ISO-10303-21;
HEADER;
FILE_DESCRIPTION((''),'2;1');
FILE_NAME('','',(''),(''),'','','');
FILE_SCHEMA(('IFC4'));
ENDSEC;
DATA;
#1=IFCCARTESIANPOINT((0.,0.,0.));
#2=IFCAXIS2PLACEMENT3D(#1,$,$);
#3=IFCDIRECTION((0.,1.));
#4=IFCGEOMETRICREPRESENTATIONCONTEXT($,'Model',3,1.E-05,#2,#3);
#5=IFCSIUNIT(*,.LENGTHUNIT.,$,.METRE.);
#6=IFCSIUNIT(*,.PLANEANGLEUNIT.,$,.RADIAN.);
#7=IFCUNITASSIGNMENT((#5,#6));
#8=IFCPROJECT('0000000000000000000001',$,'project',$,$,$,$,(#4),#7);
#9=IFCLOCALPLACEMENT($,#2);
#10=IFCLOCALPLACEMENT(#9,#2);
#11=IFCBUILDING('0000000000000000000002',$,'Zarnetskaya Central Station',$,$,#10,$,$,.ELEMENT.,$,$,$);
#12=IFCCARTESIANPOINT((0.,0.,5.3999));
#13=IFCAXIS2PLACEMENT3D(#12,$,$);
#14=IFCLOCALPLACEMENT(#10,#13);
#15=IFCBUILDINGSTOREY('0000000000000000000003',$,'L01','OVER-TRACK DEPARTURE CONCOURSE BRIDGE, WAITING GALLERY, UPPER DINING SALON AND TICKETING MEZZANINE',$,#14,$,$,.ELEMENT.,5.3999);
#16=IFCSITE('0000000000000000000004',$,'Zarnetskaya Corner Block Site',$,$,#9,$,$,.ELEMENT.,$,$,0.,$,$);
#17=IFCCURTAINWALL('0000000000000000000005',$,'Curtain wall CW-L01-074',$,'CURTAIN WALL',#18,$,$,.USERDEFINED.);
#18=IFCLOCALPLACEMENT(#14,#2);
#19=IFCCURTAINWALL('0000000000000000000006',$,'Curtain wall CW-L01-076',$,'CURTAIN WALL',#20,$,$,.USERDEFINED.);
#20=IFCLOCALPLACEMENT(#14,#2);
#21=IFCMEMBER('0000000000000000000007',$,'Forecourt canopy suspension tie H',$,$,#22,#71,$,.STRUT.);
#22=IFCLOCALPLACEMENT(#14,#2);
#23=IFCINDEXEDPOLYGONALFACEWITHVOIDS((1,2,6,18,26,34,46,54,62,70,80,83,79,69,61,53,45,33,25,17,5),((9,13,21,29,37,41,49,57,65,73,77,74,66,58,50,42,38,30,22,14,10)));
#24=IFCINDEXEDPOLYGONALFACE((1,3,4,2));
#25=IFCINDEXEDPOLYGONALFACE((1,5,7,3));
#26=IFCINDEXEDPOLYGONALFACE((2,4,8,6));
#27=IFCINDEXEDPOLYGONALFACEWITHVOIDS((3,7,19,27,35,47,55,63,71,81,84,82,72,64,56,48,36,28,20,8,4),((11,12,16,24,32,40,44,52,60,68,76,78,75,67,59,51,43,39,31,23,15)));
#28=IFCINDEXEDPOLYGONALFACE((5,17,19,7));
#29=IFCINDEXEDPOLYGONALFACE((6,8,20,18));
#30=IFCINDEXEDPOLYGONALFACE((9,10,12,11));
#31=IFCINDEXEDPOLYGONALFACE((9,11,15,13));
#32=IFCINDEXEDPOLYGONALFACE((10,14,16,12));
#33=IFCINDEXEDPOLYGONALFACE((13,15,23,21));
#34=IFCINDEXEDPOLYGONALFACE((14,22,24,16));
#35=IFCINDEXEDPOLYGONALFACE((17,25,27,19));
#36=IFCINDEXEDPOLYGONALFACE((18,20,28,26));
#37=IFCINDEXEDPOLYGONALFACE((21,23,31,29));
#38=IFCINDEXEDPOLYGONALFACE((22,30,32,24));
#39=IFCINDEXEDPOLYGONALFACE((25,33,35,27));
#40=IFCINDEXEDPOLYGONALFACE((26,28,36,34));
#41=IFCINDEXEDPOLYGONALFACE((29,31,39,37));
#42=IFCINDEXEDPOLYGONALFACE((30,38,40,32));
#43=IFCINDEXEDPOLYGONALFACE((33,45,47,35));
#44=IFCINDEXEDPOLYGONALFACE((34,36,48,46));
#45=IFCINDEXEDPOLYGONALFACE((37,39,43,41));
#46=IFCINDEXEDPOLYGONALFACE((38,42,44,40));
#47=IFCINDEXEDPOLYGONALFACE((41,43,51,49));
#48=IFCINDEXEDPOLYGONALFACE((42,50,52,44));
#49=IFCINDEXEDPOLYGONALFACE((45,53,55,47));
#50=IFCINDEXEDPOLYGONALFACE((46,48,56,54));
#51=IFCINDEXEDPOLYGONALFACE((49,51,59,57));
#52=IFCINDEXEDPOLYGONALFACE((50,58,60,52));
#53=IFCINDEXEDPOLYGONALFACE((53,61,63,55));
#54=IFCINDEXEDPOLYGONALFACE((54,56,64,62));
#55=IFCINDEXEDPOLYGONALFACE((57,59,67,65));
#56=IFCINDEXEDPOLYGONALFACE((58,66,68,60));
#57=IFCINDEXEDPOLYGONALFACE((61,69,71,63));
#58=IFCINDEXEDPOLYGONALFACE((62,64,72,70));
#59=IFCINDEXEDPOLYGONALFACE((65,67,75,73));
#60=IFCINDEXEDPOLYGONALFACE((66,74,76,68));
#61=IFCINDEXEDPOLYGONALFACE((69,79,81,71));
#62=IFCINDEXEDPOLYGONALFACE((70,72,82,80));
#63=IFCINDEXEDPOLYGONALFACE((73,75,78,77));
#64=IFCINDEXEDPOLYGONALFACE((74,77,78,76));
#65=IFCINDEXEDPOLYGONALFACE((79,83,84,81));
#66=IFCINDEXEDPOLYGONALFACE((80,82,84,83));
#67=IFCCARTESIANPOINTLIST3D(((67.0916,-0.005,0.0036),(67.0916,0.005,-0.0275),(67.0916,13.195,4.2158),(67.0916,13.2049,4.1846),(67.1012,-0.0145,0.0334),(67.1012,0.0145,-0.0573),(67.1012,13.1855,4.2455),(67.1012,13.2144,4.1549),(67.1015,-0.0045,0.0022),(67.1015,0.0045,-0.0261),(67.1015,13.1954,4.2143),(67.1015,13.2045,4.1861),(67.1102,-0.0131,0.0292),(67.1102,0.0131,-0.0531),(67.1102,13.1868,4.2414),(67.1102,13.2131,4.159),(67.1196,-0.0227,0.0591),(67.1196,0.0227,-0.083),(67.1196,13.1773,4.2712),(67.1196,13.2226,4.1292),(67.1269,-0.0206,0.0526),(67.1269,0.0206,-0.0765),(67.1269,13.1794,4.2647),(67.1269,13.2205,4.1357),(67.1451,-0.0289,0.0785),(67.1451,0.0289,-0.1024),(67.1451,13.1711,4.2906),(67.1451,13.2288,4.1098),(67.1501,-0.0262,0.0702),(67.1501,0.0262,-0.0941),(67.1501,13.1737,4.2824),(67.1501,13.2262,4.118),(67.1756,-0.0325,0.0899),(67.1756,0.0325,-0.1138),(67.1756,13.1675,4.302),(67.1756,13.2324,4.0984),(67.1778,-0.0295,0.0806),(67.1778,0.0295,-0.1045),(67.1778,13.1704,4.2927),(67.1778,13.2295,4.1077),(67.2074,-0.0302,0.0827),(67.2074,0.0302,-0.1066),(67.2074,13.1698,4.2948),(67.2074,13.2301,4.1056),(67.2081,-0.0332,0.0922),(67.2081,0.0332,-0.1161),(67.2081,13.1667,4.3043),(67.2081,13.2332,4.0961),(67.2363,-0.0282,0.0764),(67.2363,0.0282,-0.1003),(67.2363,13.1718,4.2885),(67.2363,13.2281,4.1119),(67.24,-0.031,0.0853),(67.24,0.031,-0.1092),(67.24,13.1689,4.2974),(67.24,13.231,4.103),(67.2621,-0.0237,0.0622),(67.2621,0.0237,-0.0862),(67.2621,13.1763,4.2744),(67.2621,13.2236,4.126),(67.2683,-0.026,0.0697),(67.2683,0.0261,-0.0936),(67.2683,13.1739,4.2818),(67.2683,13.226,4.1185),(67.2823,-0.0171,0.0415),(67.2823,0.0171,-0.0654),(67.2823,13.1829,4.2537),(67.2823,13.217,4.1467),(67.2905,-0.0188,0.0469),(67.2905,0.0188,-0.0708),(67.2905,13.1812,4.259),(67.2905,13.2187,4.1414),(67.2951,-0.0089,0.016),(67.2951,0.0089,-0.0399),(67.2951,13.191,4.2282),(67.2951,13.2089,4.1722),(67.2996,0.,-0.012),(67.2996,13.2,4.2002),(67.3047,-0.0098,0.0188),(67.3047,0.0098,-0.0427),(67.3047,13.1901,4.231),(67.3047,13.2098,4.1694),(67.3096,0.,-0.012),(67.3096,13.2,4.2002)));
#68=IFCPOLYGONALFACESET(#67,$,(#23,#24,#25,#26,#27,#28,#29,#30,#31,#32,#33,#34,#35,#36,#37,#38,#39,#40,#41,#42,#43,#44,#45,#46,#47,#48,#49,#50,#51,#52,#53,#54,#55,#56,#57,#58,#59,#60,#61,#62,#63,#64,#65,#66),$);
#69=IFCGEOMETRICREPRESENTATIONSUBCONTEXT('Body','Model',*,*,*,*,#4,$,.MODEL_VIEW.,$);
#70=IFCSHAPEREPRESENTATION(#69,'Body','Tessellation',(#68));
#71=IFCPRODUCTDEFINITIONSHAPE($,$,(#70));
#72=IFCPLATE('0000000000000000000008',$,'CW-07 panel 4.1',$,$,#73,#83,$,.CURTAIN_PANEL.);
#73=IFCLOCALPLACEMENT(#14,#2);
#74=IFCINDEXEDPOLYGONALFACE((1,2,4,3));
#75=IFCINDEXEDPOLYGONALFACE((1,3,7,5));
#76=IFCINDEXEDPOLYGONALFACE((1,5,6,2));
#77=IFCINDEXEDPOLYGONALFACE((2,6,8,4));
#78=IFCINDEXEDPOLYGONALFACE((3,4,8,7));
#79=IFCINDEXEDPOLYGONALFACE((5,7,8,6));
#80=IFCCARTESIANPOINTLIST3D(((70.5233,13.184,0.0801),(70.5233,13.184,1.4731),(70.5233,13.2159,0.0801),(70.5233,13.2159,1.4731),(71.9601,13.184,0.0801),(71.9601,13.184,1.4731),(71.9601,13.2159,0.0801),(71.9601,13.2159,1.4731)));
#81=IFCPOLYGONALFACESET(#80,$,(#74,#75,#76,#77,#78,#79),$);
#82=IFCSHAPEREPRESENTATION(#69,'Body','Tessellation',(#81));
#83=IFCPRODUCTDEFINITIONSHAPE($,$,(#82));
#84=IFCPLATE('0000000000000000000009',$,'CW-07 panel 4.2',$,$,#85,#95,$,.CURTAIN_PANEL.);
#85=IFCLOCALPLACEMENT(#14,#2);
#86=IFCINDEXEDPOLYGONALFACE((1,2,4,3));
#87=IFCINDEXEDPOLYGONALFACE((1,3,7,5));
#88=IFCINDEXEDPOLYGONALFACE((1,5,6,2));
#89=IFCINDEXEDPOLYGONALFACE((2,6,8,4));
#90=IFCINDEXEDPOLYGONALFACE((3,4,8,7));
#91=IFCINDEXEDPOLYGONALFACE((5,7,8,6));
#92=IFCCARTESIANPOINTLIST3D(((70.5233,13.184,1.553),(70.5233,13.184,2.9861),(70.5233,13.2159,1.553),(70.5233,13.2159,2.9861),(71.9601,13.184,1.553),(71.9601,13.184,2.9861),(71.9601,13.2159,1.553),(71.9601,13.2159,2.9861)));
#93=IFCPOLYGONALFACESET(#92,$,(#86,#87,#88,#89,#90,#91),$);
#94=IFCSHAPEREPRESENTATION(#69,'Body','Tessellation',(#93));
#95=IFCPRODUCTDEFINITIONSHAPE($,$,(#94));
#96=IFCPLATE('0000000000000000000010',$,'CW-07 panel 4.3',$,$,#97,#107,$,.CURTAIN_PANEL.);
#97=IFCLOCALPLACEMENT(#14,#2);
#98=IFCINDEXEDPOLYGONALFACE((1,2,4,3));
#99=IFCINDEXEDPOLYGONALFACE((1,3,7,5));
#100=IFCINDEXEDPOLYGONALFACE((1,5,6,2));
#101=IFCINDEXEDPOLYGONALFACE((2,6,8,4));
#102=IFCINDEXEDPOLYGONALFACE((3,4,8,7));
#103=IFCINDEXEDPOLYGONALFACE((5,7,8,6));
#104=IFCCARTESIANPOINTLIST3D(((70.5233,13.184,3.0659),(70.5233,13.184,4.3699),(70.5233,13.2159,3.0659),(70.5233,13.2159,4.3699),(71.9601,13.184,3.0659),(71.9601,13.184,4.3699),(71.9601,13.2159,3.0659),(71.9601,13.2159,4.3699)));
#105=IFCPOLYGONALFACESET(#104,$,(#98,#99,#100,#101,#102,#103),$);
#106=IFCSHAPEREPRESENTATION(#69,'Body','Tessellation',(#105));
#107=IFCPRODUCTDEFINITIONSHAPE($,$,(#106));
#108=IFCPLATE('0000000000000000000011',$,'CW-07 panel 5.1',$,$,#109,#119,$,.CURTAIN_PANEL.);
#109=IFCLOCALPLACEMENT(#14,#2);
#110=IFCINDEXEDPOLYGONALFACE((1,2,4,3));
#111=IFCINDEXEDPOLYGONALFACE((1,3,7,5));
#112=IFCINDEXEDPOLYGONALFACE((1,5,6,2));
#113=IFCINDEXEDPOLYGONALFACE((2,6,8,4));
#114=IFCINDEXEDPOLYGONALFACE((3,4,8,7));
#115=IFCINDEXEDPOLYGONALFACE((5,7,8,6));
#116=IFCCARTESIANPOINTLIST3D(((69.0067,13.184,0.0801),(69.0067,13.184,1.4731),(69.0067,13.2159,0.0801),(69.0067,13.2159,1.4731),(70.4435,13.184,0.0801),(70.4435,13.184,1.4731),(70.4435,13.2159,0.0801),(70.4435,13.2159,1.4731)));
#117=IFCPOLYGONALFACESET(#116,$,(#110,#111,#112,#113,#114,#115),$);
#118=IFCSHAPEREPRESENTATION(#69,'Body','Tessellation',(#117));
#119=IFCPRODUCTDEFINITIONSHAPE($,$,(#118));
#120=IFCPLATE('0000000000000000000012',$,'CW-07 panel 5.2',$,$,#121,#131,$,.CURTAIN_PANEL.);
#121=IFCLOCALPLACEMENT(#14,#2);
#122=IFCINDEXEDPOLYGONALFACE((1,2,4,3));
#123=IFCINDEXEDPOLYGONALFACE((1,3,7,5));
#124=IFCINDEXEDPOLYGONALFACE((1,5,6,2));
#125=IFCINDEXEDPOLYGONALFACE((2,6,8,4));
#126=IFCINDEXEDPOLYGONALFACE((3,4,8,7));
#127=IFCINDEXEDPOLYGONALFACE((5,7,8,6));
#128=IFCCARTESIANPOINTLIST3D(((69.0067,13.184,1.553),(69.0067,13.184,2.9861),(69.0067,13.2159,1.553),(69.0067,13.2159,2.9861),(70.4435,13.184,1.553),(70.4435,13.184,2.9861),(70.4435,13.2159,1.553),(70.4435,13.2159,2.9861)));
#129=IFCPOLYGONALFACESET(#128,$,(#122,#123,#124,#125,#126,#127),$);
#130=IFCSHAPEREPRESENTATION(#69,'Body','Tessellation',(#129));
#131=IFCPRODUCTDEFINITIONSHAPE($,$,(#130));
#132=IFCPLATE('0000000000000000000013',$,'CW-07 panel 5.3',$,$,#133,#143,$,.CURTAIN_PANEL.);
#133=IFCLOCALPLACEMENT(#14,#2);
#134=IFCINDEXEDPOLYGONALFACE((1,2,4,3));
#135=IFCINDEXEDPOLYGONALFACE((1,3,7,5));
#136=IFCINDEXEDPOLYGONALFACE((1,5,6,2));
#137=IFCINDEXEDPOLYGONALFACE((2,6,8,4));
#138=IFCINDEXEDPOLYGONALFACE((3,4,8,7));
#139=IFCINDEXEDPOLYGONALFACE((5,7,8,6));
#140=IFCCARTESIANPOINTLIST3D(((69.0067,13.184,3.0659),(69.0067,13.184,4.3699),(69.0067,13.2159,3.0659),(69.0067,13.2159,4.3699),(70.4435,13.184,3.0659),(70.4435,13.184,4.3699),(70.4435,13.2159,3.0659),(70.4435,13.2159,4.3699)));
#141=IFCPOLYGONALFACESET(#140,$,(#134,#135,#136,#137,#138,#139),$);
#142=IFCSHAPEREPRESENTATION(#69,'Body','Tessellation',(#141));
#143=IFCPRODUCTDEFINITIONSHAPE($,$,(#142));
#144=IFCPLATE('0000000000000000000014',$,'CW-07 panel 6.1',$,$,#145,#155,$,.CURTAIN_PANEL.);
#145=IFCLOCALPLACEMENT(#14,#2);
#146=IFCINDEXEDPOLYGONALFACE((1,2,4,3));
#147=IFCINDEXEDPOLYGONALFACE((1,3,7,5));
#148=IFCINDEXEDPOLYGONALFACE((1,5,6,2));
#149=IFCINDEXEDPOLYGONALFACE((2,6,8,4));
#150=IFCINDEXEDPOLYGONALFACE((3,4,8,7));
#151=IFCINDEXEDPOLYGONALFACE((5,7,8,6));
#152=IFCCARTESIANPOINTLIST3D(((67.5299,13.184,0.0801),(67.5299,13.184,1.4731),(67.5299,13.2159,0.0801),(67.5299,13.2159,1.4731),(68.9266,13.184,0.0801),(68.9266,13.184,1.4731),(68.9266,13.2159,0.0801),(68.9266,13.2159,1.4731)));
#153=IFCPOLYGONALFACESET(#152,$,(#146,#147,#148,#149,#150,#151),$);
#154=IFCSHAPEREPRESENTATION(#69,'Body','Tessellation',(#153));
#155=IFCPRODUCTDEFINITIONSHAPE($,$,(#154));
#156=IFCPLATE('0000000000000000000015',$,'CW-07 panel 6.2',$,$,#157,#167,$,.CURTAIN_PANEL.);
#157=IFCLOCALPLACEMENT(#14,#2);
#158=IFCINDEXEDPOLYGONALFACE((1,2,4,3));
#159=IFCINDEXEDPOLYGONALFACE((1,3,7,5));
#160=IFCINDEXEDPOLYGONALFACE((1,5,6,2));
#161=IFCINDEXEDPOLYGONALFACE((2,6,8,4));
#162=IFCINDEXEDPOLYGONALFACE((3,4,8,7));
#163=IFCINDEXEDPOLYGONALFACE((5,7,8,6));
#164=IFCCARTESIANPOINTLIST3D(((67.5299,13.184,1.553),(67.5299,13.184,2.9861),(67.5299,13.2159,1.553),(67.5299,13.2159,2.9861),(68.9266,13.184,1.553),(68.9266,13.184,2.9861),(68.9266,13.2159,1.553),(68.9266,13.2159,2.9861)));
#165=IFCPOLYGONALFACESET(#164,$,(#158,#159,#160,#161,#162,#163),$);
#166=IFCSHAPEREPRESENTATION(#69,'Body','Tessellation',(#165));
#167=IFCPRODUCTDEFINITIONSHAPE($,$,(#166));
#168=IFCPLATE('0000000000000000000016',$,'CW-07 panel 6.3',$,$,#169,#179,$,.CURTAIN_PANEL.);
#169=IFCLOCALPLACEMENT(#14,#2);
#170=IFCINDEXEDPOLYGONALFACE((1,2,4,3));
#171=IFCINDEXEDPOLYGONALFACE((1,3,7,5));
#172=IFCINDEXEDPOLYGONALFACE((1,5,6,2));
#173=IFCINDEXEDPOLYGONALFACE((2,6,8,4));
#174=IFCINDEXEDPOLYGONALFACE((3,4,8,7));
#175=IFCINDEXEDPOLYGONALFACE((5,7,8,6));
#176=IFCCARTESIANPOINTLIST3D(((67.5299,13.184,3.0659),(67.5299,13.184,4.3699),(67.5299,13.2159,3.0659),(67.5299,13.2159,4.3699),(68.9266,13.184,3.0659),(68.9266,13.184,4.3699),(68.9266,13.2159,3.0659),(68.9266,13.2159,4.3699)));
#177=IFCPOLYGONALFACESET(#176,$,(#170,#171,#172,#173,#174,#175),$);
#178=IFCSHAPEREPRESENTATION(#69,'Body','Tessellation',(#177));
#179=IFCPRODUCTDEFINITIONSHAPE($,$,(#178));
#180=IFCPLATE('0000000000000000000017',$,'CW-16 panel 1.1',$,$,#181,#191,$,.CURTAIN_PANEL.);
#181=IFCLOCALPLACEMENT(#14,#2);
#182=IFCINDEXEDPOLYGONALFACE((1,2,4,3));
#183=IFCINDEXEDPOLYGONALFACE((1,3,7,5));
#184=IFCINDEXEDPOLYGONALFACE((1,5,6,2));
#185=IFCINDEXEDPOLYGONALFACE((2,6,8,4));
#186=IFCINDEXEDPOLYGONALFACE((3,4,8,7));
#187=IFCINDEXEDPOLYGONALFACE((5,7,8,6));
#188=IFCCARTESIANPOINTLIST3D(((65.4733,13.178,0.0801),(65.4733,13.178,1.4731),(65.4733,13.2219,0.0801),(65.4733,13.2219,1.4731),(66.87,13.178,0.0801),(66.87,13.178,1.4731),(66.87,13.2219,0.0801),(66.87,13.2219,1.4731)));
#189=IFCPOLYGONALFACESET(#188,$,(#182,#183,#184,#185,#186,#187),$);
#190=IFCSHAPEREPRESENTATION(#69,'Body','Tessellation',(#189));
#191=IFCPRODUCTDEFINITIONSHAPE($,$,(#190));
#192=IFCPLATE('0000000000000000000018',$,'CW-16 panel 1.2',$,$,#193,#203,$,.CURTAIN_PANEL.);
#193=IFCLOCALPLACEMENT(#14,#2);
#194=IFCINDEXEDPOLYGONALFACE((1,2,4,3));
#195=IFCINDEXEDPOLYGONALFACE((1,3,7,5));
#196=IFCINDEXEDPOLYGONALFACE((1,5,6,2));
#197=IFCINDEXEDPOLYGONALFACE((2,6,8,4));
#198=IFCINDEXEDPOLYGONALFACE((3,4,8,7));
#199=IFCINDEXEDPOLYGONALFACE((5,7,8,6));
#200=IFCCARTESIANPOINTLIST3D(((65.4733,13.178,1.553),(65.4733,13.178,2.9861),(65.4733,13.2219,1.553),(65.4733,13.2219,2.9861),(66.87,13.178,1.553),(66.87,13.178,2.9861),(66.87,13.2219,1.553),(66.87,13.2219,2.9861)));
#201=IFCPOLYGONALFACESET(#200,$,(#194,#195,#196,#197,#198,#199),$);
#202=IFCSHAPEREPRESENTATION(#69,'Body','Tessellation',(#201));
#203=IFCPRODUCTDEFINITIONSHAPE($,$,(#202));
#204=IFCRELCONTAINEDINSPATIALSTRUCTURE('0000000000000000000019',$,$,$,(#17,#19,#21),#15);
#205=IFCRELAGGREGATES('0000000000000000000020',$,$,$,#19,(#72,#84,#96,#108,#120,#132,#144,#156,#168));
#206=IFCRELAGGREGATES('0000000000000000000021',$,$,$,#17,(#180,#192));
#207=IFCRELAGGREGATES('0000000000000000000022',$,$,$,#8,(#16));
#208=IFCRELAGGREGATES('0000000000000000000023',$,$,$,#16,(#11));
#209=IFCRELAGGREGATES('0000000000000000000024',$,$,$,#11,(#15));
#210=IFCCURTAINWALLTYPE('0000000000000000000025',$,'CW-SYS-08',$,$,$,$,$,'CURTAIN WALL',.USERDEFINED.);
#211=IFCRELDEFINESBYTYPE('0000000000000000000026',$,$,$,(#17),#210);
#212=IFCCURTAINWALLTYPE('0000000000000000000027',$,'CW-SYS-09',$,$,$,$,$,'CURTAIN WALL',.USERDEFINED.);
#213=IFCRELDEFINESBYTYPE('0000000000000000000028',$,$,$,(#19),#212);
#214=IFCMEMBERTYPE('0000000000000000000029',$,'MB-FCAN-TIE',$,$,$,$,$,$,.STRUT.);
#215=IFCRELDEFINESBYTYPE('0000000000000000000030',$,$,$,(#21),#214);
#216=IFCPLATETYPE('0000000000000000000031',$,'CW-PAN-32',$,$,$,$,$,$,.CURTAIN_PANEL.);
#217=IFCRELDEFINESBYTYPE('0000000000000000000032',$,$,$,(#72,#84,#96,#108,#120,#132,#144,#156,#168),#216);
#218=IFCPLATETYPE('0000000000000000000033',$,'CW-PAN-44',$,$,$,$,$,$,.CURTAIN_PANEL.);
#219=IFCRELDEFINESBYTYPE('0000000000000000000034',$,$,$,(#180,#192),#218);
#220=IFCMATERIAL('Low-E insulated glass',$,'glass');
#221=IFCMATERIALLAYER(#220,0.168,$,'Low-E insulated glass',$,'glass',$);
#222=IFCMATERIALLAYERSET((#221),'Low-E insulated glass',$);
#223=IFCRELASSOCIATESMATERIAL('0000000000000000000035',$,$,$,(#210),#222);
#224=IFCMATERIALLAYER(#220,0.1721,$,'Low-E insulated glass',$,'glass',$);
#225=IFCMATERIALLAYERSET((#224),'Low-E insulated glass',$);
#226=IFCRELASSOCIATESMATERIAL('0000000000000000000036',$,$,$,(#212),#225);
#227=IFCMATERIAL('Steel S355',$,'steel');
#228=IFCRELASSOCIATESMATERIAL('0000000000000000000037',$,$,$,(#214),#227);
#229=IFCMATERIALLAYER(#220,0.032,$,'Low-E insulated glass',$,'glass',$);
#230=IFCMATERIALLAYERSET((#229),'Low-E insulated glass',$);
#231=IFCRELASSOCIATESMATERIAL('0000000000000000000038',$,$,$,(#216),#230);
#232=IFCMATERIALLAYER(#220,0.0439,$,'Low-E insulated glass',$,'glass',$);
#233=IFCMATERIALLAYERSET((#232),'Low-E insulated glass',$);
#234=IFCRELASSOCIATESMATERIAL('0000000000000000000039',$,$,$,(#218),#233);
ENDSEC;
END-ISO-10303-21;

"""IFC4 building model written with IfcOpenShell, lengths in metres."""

from ifc_helpers import new_model, si_unit, direction, frame, origin, origin_2d, place, context, subcontext, project, spatial, rectangle, hollow_circle, extrude, material, layer, layer_set, material_profile, profile_set, type_object, element, aggregate, save


model = new_model("IFC4")

# Units and contexts
model_context = context("Model", 3, precision=1e-05, world=origin(), true_north=direction((0.0, 1.0)))
body_context = subcontext(model_context, "Body", "Model", "MODEL_VIEW")
ifc_project = project(units=[si_unit("LENGTHUNIT", "METRE"), si_unit("PLANEANGLEUNIT", "RADIAN")], contexts=[model_context])

# Site, building, storey
site_placement = place(None, origin())
site = spatial("IfcSite", under=ifc_project, at=site_placement, Name="Zarnetskaya Corner Block Site", CompositionType="ELEMENT", RefElevation=0.0)
building_placement = place(site_placement, origin())
building = spatial("IfcBuilding", under=site, at=building_placement, Name="Zarnetskaya Central Station", CompositionType="ELEMENT")
storey_placement = place(building_placement, frame((0.0, 0.0, 5.3999)))
storey = spatial("IfcBuildingStorey", under=building, at=storey_placement, Name="L01", Description="OVER-TRACK DEPARTURE CONCOURSE BRIDGE, WAITING GALLERY, UPPER DINING SALON AND TICKETING MEZZANINE", CompositionType="ELEMENT", Elevation=5.3999)

# Shared definitions
ifc_material_1 = material(Name="Steel S355", Category="steel")

# Curtain wall
ifc_material_2 = material(Name="Low-E insulated glass", Category="glass")
ifc_layer_1 = layer(ifc_material_2, 0.168, Name="Low-E insulated glass", Category="glass")
ifc_layer_set_1 = layer_set([ifc_layer_1], Name="Low-E insulated glass")
curtain_wall_type_1 = type_object("IfcCurtainWallType", Name="CW-SYS-08", ElementType="CURTAIN WALL", PredefinedType="USERDEFINED", material=ifc_layer_set_1)
curtain_wall_1_placement = place(storey_placement, origin())
curtain_wall_1 = element("IfcCurtainWall", 1, at=curtain_wall_1_placement, inside=storey, type_object=curtain_wall_type_1, Name="Curtain wall CW-L01-074", ObjectType="CURTAIN WALL", PredefinedType="USERDEFINED")

# Curtain wall
ifc_layer_2 = layer(ifc_material_2, 0.1721, Name="Low-E insulated glass", Category="glass")
ifc_layer_set_2 = layer_set([ifc_layer_2], Name="Low-E insulated glass")
curtain_wall_type_2 = type_object("IfcCurtainWallType", Name="CW-SYS-09", ElementType="CURTAIN WALL", PredefinedType="USERDEFINED", material=ifc_layer_set_2)
curtain_wall_2_placement = place(storey_placement, origin())
curtain_wall_2 = element("IfcCurtainWall", 2, at=curtain_wall_2_placement, inside=storey, type_object=curtain_wall_type_2, Name="Curtain wall CW-L01-076", ObjectType="CURTAIN WALL", PredefinedType="USERDEFINED")

# Member
ifc_material_profile_1 = material_profile(ifc_material_1, hollow_circle(Radius=0.1096, WallThickness=0.01, at=origin_2d()), Name="CHS 219.1x10")
ifc_profile_set_1 = profile_set([ifc_material_profile_1], Name="Steel S355")
member_type_1 = type_object("IfcMemberType", Name="MB-FCAN-TIE", PredefinedType="STRUT", material=ifc_profile_set_1)
member_1_placement = place(storey_placement, frame((67.2, 13.2, 4.2002), z_axis=(0.0, -0.952672, -0.304001), x_axis=(1.0, 0.0, 0.0)))
element("IfcMember", 3, at=member_1_placement, inside=storey, type_object=member_type_1, Name="Forecourt canopy suspension tie H", PredefinedType="STRUT", context=body_context, shape_type="SweptSolid", body=[
    extrude(hollow_circle(Radius=0.1096, WallThickness=0.01, at=origin_2d()), origin(), (0.0, 0.0, 1.0), 13.8557),
])

# Plates
ifc_layer_3 = layer(ifc_material_2, 0.032, Name="Low-E insulated glass", Category="glass")
ifc_layer_set_3 = layer_set([ifc_layer_3], Name="Low-E insulated glass")
plate_type_1 = type_object("IfcPlateType", Name="CW-PAN-32", PredefinedType="CURTAIN_PANEL", material=ifc_layer_set_3)
plate_1_placement = place(storey_placement, frame((71.2417, 13.2, 0.0801), z_axis=(0.0, 0.0, 1.0), x_axis=(-1.0, 0.0, 0.0)))
plate_1 = element("IfcPlate", 4, at=plate_1_placement, type_object=plate_type_1, Name="CW-07 panel 4.1", PredefinedType="CURTAIN_PANEL", context=body_context, shape_type="SweptSolid", body=[
    extrude(rectangle(XDim=1.4368, YDim=0.032, at=origin_2d()), origin(), (0.0, 0.0, 1.0), 1.3931),
])
plate_2_placement = place(storey_placement, frame((71.2417, 13.2, 1.553), z_axis=(0.0, 0.0, 1.0), x_axis=(-1.0, 0.0, 0.0)))
plate_2 = element("IfcPlate", 5, at=plate_2_placement, type_object=plate_type_1, Name="CW-07 panel 4.2", PredefinedType="CURTAIN_PANEL", context=body_context, shape_type="SweptSolid", body=[
    extrude(rectangle(XDim=1.4368, YDim=0.032, at=origin_2d()), origin(), (0.0, 0.0, 1.0), 1.4331),
])
plate_3_placement = place(storey_placement, frame((71.2417, 13.2, 3.0659), z_axis=(0.0, 0.0, 1.0), x_axis=(-1.0, 0.0, 0.0)))
plate_3 = element("IfcPlate", 6, at=plate_3_placement, type_object=plate_type_1, Name="CW-07 panel 4.3", PredefinedType="CURTAIN_PANEL", context=body_context, shape_type="SweptSolid", body=[
    extrude(rectangle(XDim=1.4368, YDim=0.032, at=origin_2d()), origin(), (0.0, 0.0, 1.0), 1.304),
])
plate_4_placement = place(storey_placement, frame((69.7251, 13.2, 0.0801), z_axis=(0.0, 0.0, 1.0), x_axis=(-1.0, 0.0, 0.0)))
plate_4 = element("IfcPlate", 7, at=plate_4_placement, type_object=plate_type_1, Name="CW-07 panel 5.1", PredefinedType="CURTAIN_PANEL", context=body_context, shape_type="SweptSolid", body=[
    extrude(rectangle(XDim=1.4368, YDim=0.032, at=origin_2d()), origin(), (0.0, 0.0, 1.0), 1.3931),
])
plate_5_placement = place(storey_placement, frame((69.7251, 13.2, 1.553), z_axis=(0.0, 0.0, 1.0), x_axis=(-1.0, 0.0, 0.0)))
plate_5 = element("IfcPlate", 8, at=plate_5_placement, type_object=plate_type_1, Name="CW-07 panel 5.2", PredefinedType="CURTAIN_PANEL", context=body_context, shape_type="SweptSolid", body=[
    extrude(rectangle(XDim=1.4368, YDim=0.032, at=origin_2d()), origin(), (0.0, 0.0, 1.0), 1.4331),
])
plate_6_placement = place(storey_placement, frame((69.7251, 13.2, 3.0659), z_axis=(0.0, 0.0, 1.0), x_axis=(-1.0, 0.0, 0.0)))
plate_6 = element("IfcPlate", 9, at=plate_6_placement, type_object=plate_type_1, Name="CW-07 panel 5.3", PredefinedType="CURTAIN_PANEL", context=body_context, shape_type="SweptSolid", body=[
    extrude(rectangle(XDim=1.4368, YDim=0.032, at=origin_2d()), origin(), (0.0, 0.0, 1.0), 1.304),
])
plate_7_placement = place(storey_placement, frame((68.2283, 13.2, 0.0801), z_axis=(0.0, 0.0, 1.0), x_axis=(-1.0, 0.0, 0.0)))
plate_7 = element("IfcPlate", 10, at=plate_7_placement, type_object=plate_type_1, Name="CW-07 panel 6.1", PredefinedType="CURTAIN_PANEL", context=body_context, shape_type="SweptSolid", body=[
    extrude(rectangle(XDim=1.3967, YDim=0.032, at=origin_2d()), origin(), (0.0, 0.0, 1.0), 1.3931),
])
plate_8_placement = place(storey_placement, frame((68.2283, 13.2, 1.553), z_axis=(0.0, 0.0, 1.0), x_axis=(-1.0, 0.0, 0.0)))
plate_8 = element("IfcPlate", 11, at=plate_8_placement, type_object=plate_type_1, Name="CW-07 panel 6.2", PredefinedType="CURTAIN_PANEL", context=body_context, shape_type="SweptSolid", body=[
    extrude(rectangle(XDim=1.3967, YDim=0.032, at=origin_2d()), origin(), (0.0, 0.0, 1.0), 1.4331),
])
plate_9_placement = place(storey_placement, frame((68.2283, 13.2, 3.0659), z_axis=(0.0, 0.0, 1.0), x_axis=(-1.0, 0.0, 0.0)))
plate_9 = element("IfcPlate", 12, at=plate_9_placement, type_object=plate_type_1, Name="CW-07 panel 6.3", PredefinedType="CURTAIN_PANEL", context=body_context, shape_type="SweptSolid", body=[
    extrude(rectangle(XDim=1.3967, YDim=0.032, at=origin_2d()), origin(), (0.0, 0.0, 1.0), 1.304),
])
aggregate(curtain_wall_2, [plate_1, plate_2, plate_3, plate_4, plate_5, plate_6, plate_7, plate_8, plate_9])
ifc_layer_4 = layer(ifc_material_2, 0.0439, Name="Low-E insulated glass", Category="glass")
ifc_layer_set_4 = layer_set([ifc_layer_4], Name="Low-E insulated glass")
plate_type_2 = type_object("IfcPlateType", Name="CW-PAN-44", PredefinedType="CURTAIN_PANEL", material=ifc_layer_set_4)
plate_10_placement = place(storey_placement, frame((66.1716, 13.2, 0.0801), z_axis=(0.0, 0.0, 1.0), x_axis=(-1.0, 0.0, 0.0)))
plate_10 = element("IfcPlate", 13, at=plate_10_placement, type_object=plate_type_2, Name="CW-16 panel 1.1", PredefinedType="CURTAIN_PANEL", context=body_context, shape_type="SweptSolid", body=[
    extrude(rectangle(XDim=1.3967, YDim=0.0439, at=origin_2d()), origin(), (0.0, 0.0, 1.0), 1.3931),
])
plate_11_placement = place(storey_placement, frame((66.1716, 13.2, 1.553), z_axis=(0.0, 0.0, 1.0), x_axis=(-1.0, 0.0, 0.0)))
plate_11 = element("IfcPlate", 14, at=plate_11_placement, type_object=plate_type_2, Name="CW-16 panel 1.2", PredefinedType="CURTAIN_PANEL", context=body_context, shape_type="SweptSolid", body=[
    extrude(rectangle(XDim=1.3967, YDim=0.0439, at=origin_2d()), origin(), (0.0, 0.0, 1.0), 1.4331),
])
aggregate(curtain_wall_1, [plate_10, plate_11])

save(model, "model.ifc")
